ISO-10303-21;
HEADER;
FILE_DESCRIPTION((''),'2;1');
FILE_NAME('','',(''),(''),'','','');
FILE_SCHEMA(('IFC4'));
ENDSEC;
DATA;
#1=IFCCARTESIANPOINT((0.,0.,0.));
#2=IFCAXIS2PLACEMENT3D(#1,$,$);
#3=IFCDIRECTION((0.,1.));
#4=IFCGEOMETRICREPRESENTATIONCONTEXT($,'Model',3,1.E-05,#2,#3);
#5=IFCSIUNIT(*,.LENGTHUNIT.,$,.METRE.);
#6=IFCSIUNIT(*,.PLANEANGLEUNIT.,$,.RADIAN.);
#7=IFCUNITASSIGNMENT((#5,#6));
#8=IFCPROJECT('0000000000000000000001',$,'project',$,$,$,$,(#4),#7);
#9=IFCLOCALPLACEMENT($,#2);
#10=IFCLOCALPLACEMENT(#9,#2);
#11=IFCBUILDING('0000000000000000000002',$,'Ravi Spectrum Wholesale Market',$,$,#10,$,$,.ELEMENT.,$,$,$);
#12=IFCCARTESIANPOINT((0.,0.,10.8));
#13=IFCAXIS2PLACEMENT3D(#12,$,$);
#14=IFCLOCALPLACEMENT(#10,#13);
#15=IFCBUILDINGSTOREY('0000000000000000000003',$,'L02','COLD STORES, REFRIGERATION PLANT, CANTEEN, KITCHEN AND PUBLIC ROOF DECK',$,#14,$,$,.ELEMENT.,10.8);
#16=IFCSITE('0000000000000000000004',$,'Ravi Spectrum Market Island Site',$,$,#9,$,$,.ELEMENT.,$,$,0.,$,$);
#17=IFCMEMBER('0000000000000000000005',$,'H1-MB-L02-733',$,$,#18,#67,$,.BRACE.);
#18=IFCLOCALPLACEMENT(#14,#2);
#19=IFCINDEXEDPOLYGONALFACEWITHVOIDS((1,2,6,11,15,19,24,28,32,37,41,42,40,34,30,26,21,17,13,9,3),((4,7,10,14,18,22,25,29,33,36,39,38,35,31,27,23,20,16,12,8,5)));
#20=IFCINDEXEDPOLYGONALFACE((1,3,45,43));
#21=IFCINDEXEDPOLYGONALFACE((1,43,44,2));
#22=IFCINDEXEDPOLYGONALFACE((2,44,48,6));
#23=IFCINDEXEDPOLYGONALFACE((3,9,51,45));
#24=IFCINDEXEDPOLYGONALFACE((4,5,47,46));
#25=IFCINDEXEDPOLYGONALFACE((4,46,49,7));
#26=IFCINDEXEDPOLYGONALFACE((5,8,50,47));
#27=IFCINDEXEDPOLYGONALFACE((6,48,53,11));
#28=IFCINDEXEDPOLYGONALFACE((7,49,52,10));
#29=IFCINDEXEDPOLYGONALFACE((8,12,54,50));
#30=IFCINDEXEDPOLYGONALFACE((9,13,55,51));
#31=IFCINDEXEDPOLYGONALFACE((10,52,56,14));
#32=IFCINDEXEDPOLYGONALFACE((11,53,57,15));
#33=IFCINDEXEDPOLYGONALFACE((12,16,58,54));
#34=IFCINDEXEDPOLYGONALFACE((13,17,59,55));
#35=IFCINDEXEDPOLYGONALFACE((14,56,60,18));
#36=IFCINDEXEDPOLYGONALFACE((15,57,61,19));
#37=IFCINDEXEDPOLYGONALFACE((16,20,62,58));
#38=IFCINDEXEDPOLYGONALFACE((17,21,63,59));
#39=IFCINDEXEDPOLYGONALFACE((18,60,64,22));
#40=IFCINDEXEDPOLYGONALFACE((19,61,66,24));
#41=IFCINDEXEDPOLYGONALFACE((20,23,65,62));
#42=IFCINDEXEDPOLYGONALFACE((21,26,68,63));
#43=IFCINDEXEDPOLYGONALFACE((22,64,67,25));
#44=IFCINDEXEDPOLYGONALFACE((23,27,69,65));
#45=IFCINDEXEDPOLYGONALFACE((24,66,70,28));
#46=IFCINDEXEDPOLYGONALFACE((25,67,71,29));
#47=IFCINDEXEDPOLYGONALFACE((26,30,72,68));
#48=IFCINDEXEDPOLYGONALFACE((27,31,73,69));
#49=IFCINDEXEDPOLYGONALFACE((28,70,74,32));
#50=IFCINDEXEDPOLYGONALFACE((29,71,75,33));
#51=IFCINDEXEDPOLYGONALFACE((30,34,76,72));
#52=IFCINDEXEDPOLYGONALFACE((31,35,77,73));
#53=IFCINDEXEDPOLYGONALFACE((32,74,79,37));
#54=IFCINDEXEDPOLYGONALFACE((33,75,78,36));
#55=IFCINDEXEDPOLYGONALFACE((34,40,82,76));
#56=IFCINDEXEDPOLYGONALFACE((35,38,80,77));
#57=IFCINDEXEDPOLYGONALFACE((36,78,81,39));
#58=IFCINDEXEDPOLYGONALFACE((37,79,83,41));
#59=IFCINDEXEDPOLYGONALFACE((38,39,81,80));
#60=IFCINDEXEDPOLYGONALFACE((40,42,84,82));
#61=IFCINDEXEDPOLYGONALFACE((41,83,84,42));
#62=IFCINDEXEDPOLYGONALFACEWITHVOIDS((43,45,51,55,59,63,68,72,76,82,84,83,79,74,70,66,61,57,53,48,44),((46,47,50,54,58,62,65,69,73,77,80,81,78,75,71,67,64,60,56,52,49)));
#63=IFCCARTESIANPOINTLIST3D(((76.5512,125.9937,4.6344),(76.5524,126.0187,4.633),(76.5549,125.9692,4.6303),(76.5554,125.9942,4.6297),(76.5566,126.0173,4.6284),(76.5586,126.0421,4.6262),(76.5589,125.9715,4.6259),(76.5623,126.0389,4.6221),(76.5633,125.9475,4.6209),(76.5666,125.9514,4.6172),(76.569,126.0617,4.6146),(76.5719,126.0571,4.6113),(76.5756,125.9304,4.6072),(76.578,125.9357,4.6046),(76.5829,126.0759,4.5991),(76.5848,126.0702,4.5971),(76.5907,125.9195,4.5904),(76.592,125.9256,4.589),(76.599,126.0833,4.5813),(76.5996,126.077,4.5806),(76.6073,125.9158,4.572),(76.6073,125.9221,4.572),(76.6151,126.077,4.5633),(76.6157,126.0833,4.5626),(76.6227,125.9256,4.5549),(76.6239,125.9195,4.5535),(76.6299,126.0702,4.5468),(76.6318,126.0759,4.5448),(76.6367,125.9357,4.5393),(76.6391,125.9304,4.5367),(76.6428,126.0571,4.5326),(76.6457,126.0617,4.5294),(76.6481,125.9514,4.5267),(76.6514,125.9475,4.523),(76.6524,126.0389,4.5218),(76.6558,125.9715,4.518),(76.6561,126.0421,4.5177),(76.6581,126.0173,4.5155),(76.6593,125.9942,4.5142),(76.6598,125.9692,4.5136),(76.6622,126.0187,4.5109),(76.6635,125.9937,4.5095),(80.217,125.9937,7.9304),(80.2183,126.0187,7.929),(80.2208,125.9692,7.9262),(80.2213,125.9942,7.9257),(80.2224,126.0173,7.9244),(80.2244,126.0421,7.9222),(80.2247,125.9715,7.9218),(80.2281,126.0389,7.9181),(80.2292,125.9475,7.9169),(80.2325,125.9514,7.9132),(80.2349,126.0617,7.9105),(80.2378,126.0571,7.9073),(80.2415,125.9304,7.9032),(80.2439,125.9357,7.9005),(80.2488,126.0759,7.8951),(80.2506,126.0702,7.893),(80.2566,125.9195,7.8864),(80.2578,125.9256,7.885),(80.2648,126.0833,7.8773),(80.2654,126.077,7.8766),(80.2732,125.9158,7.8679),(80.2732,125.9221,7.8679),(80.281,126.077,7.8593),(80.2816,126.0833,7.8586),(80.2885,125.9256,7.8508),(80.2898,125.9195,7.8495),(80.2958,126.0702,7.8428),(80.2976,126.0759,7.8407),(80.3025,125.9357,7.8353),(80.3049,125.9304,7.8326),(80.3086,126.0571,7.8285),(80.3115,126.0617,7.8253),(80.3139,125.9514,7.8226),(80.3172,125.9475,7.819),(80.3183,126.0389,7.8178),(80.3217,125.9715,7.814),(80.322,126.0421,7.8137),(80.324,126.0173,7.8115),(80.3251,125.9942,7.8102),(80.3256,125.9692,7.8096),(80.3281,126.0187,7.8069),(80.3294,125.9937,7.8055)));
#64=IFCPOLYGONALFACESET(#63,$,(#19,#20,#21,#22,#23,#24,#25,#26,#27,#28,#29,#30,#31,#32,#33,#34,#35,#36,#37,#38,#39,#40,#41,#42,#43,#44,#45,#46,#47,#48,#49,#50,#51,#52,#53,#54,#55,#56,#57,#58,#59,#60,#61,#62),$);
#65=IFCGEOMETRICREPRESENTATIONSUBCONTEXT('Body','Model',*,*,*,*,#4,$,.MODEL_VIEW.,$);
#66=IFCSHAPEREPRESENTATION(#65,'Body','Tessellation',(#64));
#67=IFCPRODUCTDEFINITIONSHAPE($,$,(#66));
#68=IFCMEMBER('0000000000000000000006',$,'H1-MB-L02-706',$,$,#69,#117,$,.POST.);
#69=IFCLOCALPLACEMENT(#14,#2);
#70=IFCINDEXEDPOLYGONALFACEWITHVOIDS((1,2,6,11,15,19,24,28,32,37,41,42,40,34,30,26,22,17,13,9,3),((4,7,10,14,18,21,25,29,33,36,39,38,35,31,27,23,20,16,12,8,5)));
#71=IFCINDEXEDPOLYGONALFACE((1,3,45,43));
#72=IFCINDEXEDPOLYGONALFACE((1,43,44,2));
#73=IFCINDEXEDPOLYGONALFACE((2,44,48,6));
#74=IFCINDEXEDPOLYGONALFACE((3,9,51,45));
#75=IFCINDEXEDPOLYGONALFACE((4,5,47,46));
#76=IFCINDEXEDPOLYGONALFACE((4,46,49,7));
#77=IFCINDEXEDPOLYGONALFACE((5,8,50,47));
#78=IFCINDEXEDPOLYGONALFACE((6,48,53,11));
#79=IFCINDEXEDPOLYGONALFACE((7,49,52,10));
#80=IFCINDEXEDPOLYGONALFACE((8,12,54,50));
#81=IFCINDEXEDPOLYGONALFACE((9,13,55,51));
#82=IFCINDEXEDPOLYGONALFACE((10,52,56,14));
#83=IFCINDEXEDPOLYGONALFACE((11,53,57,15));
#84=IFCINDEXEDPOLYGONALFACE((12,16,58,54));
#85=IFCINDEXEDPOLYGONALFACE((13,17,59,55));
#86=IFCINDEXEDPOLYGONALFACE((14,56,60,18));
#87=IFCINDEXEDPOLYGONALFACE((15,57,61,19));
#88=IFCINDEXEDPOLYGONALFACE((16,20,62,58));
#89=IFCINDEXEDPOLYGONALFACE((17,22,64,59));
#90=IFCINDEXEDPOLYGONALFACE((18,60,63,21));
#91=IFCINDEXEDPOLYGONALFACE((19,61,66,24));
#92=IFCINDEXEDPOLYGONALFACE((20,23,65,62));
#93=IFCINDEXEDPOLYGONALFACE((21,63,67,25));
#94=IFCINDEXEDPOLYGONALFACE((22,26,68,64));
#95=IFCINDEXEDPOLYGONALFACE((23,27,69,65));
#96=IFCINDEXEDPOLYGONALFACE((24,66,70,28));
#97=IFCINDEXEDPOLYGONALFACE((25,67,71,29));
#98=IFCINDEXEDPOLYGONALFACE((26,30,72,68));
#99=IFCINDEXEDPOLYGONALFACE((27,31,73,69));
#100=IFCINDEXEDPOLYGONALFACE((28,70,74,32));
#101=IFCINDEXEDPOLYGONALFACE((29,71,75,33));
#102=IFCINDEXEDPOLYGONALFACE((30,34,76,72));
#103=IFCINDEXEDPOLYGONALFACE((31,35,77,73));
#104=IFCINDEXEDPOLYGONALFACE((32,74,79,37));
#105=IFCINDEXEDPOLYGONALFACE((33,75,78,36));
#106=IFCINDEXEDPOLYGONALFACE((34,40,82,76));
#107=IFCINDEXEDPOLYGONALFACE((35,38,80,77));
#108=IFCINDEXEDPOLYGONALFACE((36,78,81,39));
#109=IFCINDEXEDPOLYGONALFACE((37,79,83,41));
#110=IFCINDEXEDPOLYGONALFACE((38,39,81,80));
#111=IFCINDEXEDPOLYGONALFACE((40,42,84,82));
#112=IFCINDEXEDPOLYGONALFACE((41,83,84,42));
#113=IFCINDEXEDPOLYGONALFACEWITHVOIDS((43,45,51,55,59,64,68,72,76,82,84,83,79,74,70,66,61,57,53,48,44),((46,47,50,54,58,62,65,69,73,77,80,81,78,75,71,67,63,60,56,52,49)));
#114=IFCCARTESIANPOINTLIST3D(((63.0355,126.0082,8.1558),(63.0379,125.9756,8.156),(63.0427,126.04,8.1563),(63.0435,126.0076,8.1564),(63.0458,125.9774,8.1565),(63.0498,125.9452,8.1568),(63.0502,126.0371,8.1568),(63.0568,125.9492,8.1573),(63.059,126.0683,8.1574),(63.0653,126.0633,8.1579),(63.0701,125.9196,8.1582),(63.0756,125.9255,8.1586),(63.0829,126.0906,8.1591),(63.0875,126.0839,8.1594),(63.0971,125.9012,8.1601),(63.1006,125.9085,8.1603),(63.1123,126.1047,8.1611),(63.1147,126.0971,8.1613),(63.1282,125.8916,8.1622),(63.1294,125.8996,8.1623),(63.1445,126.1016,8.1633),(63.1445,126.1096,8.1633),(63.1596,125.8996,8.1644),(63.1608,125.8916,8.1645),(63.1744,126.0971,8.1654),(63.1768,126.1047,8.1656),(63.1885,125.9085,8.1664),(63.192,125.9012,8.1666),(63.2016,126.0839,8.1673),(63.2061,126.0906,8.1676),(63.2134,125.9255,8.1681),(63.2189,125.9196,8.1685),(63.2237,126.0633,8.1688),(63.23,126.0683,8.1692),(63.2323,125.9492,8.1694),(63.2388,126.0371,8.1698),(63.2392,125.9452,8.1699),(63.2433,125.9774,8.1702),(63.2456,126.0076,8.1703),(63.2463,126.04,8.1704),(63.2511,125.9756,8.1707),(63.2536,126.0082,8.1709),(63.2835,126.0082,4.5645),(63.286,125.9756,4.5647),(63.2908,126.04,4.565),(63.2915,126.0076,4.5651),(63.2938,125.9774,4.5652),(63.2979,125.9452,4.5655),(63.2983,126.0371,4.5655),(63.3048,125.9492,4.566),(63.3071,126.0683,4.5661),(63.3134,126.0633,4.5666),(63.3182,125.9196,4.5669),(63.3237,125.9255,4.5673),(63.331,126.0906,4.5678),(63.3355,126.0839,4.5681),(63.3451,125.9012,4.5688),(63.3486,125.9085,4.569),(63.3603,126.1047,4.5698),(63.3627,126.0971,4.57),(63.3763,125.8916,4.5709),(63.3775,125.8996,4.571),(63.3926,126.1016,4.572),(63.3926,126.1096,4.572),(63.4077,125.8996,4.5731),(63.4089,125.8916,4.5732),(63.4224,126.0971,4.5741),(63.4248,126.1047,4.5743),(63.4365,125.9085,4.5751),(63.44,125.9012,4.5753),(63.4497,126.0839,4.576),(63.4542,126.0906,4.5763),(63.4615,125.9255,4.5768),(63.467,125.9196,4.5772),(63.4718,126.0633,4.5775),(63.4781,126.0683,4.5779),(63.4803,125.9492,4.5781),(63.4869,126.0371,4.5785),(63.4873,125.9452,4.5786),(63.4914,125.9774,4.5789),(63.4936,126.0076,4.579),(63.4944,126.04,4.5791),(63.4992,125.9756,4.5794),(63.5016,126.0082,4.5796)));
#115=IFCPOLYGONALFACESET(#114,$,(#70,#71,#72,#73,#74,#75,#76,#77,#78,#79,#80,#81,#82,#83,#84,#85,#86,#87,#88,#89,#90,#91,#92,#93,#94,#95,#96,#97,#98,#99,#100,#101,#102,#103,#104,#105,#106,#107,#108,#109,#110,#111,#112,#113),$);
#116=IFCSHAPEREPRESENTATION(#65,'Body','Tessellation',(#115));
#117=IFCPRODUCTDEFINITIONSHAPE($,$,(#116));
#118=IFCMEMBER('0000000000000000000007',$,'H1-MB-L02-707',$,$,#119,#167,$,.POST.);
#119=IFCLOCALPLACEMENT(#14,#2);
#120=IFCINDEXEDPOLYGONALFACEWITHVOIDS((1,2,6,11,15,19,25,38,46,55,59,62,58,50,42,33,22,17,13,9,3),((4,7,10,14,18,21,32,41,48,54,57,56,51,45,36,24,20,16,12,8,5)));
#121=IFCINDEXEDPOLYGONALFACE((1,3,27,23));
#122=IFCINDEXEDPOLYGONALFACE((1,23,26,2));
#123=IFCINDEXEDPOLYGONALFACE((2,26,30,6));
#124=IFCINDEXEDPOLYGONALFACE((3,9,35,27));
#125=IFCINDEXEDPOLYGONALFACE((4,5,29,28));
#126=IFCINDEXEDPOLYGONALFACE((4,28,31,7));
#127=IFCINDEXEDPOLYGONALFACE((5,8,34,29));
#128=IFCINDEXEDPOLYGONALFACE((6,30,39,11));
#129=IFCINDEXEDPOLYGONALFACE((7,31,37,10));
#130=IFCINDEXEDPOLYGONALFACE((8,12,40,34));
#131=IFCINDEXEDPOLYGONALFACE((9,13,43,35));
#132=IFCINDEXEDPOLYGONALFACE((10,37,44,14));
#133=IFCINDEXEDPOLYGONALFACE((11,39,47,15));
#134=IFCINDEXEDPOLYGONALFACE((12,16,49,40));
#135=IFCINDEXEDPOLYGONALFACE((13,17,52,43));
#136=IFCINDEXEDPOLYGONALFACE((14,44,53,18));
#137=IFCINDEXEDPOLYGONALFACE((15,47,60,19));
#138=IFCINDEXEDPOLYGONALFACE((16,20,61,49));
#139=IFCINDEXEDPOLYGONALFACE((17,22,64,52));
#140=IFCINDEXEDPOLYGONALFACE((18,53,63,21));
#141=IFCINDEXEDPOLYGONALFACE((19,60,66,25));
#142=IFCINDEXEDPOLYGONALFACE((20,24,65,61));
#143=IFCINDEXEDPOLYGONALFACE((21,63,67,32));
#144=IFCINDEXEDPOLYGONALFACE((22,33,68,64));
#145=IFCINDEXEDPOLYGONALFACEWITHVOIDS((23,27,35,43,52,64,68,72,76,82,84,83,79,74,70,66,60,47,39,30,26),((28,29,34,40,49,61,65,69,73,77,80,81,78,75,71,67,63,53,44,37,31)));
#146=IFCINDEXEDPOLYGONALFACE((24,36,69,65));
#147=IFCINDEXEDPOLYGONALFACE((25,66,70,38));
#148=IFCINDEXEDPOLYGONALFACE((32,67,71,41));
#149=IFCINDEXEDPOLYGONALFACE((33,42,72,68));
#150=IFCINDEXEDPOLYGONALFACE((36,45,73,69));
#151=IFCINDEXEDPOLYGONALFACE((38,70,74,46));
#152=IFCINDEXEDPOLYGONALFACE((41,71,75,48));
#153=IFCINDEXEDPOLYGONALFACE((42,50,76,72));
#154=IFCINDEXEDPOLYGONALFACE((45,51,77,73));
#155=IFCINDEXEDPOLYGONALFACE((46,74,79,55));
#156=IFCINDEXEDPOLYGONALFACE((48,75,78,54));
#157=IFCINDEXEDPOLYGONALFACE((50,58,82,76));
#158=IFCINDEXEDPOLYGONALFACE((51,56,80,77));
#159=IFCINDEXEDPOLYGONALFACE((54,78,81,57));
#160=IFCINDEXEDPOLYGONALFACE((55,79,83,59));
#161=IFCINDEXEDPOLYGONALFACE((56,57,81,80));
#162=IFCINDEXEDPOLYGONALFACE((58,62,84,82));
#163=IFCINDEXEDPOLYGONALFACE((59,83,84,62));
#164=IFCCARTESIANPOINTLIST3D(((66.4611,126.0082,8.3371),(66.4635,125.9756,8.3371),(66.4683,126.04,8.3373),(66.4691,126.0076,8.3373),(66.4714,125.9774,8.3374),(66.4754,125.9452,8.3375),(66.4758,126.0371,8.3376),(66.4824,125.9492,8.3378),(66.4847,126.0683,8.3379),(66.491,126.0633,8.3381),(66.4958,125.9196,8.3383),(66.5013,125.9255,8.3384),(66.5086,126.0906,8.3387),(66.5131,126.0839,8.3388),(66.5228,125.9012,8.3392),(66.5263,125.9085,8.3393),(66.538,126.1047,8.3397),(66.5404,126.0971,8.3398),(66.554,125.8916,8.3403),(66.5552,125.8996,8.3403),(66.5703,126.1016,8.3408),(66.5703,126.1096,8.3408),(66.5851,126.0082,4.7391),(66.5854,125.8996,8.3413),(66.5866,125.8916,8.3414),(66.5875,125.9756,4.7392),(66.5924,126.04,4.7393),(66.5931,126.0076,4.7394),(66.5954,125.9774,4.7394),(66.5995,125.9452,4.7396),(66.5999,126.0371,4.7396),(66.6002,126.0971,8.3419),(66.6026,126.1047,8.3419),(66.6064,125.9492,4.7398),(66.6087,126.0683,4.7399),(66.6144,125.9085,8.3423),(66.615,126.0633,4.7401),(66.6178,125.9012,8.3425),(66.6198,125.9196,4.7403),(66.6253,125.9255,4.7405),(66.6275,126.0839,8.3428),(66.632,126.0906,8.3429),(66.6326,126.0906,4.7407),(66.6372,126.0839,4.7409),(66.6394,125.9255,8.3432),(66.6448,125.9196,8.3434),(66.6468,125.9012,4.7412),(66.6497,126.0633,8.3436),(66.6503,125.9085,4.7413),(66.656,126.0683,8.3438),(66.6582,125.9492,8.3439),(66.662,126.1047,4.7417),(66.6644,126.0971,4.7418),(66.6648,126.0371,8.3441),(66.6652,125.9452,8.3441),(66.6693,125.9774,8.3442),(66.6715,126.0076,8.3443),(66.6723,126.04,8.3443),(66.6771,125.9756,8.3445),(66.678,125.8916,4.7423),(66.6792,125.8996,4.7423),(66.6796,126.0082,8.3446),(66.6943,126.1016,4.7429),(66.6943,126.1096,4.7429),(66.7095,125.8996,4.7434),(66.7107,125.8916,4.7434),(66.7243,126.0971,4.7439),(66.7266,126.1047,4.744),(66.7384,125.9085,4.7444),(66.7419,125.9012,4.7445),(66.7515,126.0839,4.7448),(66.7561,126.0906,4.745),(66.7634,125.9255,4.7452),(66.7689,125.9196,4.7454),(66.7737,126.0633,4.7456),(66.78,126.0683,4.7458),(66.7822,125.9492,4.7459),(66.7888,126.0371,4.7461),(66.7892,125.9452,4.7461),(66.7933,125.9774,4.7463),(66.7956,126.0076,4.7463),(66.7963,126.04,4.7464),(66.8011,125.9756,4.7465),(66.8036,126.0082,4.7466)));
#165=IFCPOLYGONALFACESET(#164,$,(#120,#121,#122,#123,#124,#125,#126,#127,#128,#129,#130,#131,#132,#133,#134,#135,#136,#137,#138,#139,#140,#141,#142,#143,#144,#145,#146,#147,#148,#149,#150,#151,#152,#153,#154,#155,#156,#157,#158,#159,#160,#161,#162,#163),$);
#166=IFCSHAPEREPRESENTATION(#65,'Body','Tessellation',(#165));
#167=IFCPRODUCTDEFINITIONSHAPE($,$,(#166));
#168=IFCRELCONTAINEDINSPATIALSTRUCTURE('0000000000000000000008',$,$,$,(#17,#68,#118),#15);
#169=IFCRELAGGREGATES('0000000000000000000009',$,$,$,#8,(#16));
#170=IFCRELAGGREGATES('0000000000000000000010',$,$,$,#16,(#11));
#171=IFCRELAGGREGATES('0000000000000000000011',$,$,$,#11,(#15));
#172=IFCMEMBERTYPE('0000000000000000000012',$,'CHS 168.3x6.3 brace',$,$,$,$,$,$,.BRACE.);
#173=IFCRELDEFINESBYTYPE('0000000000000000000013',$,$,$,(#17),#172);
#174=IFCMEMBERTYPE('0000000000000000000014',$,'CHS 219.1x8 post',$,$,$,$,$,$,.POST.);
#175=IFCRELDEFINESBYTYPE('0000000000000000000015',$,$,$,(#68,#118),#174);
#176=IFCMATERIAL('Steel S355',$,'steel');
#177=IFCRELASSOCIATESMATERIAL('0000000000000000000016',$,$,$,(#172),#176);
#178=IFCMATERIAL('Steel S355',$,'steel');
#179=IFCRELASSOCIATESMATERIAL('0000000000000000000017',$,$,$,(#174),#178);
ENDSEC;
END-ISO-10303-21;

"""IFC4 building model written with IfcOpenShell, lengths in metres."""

from ifc_helpers import new_model, si_unit, direction, frame, origin, origin_2d, place, context, subcontext, project, spatial, hollow_circle, extrude, material, material_profile, profile_set, type_object, element, save


model = new_model("IFC4")

# Units and contexts
model_context = context("Model", 3, precision=1e-05, world=origin(), true_north=direction((0.0, 1.0)))
body_context = subcontext(model_context, "Body", "Model", "MODEL_VIEW")
ifc_project = project(units=[si_unit("LENGTHUNIT", "METRE"), si_unit("PLANEANGLEUNIT", "RADIAN")], contexts=[model_context])

# Site, building, storey
site_placement = place(None, origin())
site = spatial("IfcSite", under=ifc_project, at=site_placement, Name="Ravi Spectrum Market Island Site", CompositionType="ELEMENT", RefElevation=0.0)
building_placement = place(site_placement, origin())
building = spatial("IfcBuilding", under=site, at=building_placement, Name="Ravi Spectrum Wholesale Market", CompositionType="ELEMENT")
storey_placement = place(building_placement, frame((0.0, 0.0, 10.8)))
storey = spatial("IfcBuildingStorey", under=building, at=storey_placement, Name="L02", Description="COLD STORES, REFRIGERATION PLANT, CANTEEN, KITCHEN AND PUBLIC ROOF DECK", CompositionType="ELEMENT", Elevation=10.8)

# Members
ifc_material_1 = material(Name="Steel S355", Category="steel")
ifc_material_profile_1 = material_profile(ifc_material_1, hollow_circle(Radius=0.0842, WallThickness=0.0063, at=origin_2d()))
ifc_profile_set_1 = profile_set([ifc_material_profile_1], Name="Steel S355")
member_type_1 = type_object("IfcMemberType", Name="CHS 168.3x6.3 brace", PredefinedType="BRACE", material=ifc_profile_set_1)
member_1_placement = place(storey_placement, frame((80.2732, 126.0, 7.8679), z_axis=(-0.743627, 0.0, -0.668595), x_axis=(0.0, -1.0, 0.0)))
element("IfcMember", 1, at=member_1_placement, inside=storey, type_object=member_type_1, Name="H1-MB-L02-733", PredefinedType="BRACE", context=body_context, shape_type="SweptSolid", body=[
    extrude(hollow_circle(Radius=0.0842, WallThickness=0.0063, at=origin_2d()), origin(), (0.0, 0.0, 1.0), 4.9297),
])
ifc_material_2 = material(Name="Steel S355", Category="steel")
ifc_material_profile_2 = material_profile(ifc_material_2, hollow_circle(Radius=0.1096, WallThickness=0.0081, at=origin_2d()))
ifc_profile_set_2 = profile_set([ifc_material_profile_2], Name="Steel S355")
member_type_2 = type_object("IfcMemberType", Name="CHS 219.1x8 post", PredefinedType="POST", material=ifc_profile_set_2)
member_2_placement = place(storey_placement, frame((63.1445, 126.0, 8.1633), z_axis=(0.068905, 0.0, -0.997623), x_axis=(0.0, 1.0, 0.0)))
element("IfcMember", 2, at=member_2_placement, inside=storey, type_object=member_type_2, Name="H1-MB-L02-706", PredefinedType="POST", context=body_context, shape_type="SweptSolid", body=[
    extrude(hollow_circle(Radius=0.1096, WallThickness=0.0081, at=origin_2d()), origin(), (0.0, 0.0, 1.0), 3.5999),
])
member_3_placement = place(storey_placement, frame((66.5703, 126.0, 8.3408), z_axis=(0.034451, 0.0, -0.999406), x_axis=(0.0, 1.0, 0.0)))
element("IfcMember", 3, at=member_3_placement, inside=storey, type_object=member_type_2, Name="H1-MB-L02-707", PredefinedType="POST", context=body_context, shape_type="SweptSolid", body=[
    extrude(hollow_circle(Radius=0.1096, WallThickness=0.0081, at=origin_2d()), origin(), (0.0, 0.0, 1.0), 3.6001),
])

save(model, "model.ifc")
